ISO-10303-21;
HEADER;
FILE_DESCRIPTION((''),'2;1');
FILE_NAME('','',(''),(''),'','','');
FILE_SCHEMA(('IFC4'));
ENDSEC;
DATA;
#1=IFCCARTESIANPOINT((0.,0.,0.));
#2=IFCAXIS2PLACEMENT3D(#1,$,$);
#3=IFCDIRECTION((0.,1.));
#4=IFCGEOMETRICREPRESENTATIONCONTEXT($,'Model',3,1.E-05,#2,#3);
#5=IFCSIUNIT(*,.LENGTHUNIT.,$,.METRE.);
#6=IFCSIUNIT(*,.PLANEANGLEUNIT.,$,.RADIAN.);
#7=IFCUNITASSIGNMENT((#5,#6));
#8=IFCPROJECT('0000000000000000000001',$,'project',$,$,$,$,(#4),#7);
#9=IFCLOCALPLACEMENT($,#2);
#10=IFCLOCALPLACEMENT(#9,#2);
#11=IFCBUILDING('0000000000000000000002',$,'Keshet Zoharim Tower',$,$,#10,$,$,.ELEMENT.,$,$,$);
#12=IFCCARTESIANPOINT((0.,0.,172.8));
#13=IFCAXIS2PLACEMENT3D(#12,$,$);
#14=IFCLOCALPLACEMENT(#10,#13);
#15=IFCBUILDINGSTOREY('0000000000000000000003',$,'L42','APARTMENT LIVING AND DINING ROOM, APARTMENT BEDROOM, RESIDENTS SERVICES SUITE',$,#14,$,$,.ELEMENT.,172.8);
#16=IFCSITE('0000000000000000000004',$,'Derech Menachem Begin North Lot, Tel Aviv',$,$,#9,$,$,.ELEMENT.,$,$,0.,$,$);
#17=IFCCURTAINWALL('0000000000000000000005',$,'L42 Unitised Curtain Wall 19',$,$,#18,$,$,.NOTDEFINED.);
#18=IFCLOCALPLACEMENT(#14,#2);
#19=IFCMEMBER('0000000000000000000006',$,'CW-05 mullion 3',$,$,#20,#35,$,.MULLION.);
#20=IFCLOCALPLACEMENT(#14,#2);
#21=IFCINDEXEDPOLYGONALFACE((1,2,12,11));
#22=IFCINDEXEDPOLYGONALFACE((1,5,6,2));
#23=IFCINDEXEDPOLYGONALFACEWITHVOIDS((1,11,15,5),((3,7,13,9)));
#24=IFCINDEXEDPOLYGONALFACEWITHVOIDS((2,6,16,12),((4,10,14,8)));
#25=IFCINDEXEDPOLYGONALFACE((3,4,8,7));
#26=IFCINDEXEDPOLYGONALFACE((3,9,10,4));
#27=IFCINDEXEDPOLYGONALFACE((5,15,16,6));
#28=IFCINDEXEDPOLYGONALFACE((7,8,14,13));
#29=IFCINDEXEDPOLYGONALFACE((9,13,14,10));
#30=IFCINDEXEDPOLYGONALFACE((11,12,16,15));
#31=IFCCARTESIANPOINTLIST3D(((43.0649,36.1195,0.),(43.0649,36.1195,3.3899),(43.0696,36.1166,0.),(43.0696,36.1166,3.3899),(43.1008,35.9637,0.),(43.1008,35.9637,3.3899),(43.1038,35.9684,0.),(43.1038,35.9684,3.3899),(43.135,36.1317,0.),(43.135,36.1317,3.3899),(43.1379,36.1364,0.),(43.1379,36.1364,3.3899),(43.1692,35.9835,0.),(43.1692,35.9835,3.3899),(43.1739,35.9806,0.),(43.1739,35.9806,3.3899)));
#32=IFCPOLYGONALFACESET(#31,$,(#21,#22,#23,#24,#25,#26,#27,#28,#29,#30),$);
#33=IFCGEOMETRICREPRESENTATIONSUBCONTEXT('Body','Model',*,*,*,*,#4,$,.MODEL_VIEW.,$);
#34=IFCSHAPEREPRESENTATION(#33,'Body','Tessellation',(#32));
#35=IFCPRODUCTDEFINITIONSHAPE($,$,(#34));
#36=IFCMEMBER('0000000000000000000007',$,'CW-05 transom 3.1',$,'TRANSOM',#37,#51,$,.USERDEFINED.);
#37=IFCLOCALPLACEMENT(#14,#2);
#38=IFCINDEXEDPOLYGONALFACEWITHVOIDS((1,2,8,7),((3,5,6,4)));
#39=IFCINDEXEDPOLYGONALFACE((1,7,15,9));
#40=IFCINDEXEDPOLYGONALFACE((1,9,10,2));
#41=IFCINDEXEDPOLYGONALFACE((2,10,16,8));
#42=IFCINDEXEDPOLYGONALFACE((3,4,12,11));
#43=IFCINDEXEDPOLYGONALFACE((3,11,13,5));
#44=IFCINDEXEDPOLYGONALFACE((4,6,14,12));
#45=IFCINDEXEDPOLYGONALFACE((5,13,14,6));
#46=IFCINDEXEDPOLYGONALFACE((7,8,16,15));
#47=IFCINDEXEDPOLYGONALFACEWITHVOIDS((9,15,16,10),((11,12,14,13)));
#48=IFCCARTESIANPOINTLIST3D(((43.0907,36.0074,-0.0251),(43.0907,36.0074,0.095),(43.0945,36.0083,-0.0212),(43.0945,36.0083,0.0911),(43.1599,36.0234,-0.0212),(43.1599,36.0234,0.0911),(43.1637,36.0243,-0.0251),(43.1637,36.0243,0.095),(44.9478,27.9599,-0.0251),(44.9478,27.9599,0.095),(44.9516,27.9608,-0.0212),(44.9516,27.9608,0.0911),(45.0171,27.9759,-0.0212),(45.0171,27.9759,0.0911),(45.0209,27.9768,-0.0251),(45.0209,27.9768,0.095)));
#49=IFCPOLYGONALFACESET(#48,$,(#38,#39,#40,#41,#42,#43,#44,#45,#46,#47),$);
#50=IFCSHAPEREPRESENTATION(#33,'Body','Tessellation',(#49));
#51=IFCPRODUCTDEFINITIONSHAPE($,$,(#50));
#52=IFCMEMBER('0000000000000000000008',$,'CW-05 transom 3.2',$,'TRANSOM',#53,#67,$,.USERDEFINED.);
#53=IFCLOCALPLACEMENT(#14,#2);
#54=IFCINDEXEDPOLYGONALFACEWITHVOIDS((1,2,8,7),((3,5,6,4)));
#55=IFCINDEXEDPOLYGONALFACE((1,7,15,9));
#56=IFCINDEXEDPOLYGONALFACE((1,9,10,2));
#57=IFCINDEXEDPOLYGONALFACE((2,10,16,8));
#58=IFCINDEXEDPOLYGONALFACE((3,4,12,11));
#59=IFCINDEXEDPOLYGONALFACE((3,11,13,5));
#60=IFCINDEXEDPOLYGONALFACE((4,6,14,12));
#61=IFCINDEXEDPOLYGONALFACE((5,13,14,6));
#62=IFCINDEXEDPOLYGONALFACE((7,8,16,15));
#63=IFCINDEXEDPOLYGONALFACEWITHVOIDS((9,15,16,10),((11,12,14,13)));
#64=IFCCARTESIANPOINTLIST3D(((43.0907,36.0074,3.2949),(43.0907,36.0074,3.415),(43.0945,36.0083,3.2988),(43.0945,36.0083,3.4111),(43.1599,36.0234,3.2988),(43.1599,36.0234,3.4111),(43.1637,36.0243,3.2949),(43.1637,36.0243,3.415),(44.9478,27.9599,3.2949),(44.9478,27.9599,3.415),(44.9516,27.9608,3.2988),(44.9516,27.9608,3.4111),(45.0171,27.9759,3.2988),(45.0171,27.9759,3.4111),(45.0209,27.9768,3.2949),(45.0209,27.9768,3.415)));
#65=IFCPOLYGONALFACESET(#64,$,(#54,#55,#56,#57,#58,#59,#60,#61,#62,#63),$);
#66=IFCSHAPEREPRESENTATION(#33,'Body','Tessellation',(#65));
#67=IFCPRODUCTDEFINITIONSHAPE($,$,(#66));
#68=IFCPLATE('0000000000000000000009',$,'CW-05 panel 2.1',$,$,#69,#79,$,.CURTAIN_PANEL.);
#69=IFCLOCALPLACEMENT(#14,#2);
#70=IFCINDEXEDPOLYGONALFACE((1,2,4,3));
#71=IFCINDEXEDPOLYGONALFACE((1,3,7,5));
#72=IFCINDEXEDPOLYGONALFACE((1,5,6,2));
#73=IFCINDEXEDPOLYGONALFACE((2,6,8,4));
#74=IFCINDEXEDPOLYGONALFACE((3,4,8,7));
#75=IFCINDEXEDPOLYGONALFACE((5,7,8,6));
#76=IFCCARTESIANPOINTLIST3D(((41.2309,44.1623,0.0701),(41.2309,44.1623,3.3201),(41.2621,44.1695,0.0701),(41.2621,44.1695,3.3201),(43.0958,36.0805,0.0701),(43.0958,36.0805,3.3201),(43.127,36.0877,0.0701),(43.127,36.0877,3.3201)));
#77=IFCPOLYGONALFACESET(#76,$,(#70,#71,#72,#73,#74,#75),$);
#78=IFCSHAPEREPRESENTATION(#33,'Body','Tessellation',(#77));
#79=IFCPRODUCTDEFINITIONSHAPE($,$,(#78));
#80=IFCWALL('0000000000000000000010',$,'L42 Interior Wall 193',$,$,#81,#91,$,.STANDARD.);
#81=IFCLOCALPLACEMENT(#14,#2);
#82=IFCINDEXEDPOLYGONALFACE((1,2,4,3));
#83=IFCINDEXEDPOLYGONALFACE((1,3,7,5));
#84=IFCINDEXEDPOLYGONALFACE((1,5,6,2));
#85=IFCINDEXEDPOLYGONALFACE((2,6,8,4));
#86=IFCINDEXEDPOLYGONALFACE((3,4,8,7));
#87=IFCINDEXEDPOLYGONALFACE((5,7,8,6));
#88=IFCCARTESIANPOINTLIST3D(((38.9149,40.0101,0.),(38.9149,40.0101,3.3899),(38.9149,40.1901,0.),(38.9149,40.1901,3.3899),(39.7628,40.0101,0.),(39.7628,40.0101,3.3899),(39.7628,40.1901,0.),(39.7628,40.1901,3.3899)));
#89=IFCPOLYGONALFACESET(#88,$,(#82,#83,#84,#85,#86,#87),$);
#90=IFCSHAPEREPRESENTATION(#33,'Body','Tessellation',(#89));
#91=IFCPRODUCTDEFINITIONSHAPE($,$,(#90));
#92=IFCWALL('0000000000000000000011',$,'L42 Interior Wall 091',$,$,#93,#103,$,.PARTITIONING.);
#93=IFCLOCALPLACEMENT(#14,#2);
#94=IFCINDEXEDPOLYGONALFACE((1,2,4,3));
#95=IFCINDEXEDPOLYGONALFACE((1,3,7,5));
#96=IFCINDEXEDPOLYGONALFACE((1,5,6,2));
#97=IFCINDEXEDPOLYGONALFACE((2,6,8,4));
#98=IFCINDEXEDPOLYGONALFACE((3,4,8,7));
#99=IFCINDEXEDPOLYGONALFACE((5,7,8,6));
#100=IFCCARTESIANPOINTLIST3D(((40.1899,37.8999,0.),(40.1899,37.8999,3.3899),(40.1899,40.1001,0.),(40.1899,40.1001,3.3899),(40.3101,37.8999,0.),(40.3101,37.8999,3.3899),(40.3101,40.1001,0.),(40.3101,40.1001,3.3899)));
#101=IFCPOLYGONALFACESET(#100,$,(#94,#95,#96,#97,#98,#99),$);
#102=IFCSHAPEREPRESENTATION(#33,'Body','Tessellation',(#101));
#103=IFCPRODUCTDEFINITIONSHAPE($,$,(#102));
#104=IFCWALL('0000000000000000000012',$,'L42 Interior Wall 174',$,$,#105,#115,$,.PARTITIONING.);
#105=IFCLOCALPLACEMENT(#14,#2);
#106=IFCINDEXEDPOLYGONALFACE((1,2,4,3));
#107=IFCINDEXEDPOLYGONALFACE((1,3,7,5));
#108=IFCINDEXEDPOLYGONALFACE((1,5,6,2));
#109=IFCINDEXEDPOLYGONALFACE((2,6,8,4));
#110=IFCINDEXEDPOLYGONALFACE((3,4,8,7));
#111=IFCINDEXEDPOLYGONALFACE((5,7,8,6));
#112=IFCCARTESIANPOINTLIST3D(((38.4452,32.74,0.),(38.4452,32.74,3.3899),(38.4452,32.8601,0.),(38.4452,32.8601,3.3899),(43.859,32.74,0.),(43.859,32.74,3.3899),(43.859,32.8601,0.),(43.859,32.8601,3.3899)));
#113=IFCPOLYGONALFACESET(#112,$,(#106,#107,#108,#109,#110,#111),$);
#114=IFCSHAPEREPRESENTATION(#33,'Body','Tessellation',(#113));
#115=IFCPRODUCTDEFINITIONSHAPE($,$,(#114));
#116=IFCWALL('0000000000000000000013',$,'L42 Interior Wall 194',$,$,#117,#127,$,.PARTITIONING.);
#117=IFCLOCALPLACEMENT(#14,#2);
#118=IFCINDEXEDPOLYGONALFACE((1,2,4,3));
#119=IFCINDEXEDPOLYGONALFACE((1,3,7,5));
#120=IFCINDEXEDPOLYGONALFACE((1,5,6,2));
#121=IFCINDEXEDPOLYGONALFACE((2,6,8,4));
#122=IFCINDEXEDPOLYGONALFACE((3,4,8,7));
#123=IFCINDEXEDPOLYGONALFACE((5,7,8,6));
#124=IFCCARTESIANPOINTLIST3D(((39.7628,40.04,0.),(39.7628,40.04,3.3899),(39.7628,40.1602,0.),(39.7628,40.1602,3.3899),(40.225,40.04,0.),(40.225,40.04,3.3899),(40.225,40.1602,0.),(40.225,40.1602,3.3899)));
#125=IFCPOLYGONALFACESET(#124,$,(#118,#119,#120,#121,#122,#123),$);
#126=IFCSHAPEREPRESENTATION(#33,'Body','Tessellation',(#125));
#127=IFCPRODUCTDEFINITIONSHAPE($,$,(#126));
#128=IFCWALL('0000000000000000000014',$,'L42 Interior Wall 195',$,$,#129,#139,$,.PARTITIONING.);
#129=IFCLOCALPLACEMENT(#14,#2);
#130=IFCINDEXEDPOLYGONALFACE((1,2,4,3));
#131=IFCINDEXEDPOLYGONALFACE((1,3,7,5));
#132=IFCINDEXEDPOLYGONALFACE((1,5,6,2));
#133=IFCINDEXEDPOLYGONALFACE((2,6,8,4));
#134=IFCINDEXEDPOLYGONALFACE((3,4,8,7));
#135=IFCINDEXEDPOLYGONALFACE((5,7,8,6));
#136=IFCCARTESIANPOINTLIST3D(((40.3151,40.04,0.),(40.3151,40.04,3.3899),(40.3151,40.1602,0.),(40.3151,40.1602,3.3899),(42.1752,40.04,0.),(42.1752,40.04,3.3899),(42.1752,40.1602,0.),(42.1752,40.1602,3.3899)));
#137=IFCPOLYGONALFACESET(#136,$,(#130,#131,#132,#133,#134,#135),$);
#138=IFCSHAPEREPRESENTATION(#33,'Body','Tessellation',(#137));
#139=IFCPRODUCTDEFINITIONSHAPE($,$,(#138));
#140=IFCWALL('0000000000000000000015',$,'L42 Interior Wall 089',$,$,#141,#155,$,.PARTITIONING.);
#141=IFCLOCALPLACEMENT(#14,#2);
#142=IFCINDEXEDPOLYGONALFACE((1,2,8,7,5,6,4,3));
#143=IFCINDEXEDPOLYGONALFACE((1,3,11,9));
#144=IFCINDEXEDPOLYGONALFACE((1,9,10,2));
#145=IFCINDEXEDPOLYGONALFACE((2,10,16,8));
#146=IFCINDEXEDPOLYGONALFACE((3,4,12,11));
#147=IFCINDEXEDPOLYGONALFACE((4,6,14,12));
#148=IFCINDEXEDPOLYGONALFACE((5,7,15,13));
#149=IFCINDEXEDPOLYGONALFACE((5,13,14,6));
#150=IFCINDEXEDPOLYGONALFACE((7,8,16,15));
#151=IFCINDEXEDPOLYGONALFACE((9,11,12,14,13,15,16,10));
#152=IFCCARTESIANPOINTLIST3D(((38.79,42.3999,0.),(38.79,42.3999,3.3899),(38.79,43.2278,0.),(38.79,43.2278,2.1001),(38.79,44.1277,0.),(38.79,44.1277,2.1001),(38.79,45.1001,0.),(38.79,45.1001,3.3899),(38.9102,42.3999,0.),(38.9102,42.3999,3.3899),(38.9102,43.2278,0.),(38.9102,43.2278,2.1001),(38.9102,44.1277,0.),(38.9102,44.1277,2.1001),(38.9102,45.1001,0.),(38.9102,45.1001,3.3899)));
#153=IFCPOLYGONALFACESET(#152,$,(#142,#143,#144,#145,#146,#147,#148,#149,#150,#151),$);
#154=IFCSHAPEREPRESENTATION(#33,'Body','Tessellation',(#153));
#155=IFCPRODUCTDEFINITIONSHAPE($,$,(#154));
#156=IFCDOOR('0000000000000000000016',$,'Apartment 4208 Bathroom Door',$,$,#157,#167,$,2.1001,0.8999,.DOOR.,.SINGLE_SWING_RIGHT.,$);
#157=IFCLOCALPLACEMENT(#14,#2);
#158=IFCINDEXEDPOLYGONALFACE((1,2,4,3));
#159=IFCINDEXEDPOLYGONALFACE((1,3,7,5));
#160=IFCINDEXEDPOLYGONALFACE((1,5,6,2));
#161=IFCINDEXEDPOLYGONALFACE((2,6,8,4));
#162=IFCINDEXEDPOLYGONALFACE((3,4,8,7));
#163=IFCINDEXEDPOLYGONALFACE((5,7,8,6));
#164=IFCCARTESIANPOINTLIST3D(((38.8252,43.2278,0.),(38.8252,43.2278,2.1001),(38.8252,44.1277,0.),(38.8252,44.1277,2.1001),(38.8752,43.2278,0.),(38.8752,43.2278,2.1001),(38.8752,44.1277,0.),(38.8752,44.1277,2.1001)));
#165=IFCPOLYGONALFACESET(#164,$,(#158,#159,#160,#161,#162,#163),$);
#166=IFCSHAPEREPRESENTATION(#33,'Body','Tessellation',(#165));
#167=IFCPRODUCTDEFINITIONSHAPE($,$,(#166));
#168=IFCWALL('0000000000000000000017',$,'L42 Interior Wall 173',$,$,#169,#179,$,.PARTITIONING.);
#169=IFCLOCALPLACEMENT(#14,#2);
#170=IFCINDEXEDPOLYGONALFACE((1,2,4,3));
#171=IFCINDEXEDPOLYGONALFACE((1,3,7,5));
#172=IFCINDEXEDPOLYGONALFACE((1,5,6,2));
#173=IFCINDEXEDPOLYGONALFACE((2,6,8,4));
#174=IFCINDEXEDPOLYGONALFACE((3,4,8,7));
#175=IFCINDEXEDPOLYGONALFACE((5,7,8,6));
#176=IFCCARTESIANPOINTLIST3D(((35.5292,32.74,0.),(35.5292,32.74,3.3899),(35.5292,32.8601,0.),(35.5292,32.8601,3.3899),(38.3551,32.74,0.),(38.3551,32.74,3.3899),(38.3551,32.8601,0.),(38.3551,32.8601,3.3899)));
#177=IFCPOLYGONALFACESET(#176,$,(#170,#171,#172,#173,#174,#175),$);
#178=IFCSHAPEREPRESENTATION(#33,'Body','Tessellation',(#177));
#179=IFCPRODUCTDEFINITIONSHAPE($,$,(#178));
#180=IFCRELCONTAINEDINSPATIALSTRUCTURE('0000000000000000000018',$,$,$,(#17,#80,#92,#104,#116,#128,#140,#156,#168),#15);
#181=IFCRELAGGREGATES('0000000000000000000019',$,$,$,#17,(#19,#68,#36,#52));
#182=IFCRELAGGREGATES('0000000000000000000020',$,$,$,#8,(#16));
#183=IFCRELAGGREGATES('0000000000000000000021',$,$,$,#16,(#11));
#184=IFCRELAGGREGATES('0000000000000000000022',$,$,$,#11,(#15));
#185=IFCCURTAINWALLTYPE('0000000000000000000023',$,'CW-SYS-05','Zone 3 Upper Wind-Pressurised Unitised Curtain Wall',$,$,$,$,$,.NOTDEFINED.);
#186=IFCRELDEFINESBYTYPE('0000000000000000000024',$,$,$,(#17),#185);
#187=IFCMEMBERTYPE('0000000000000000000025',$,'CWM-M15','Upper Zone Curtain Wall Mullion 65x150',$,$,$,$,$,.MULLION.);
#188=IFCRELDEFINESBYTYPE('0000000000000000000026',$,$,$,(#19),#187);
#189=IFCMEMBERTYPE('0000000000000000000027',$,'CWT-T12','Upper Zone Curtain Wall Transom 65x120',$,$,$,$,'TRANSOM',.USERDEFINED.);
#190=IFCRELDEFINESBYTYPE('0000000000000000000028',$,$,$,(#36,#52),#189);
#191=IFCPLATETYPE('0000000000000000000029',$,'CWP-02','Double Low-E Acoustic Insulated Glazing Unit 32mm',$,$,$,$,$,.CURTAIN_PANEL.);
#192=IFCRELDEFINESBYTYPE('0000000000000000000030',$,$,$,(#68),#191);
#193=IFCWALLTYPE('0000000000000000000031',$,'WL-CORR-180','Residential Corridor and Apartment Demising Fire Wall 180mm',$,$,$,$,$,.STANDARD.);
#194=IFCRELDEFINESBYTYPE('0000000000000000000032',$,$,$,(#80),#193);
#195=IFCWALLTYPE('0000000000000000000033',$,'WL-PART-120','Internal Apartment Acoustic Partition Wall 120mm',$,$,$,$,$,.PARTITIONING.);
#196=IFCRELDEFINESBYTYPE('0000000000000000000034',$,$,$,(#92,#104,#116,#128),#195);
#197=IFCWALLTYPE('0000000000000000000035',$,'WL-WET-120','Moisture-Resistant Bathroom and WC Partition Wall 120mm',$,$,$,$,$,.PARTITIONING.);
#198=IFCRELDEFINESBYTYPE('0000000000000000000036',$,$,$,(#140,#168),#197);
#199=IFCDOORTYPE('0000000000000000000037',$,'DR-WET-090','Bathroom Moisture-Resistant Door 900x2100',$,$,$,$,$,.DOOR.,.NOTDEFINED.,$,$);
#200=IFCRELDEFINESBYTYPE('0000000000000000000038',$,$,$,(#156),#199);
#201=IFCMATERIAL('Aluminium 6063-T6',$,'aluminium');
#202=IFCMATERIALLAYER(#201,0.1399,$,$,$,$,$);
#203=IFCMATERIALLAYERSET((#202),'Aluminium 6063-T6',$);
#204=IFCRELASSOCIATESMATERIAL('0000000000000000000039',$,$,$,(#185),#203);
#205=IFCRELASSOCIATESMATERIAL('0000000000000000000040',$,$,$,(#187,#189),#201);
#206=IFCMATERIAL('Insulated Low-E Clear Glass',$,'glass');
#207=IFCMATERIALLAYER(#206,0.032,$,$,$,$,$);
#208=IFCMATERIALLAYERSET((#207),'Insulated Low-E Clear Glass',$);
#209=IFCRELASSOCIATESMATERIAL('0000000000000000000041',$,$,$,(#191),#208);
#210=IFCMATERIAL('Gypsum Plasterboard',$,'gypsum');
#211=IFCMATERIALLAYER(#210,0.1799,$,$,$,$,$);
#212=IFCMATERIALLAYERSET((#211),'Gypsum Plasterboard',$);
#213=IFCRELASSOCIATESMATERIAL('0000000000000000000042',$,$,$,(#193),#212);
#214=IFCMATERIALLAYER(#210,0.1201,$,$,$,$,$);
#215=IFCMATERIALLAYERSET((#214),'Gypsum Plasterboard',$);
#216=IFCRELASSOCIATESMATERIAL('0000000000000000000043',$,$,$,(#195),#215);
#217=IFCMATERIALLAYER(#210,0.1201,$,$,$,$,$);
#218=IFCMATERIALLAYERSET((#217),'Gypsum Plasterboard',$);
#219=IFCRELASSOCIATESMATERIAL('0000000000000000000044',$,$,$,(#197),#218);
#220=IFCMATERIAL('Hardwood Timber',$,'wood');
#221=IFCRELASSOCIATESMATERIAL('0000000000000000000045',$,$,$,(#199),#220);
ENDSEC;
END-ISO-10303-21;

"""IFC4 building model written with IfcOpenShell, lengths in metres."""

from ifc_helpers import new_model, si_unit, direction, frame, frame_2d, origin, origin_2d, place, context, subcontext, project, spatial, rectangle, hollow_rectangle, extrude, material, layer, layer_set, material_profile, profile_set, type_object, element, fill, aggregate, save


model = new_model("IFC4")

# Units and contexts
model_context = context("Model", 3, precision=1e-05, world=origin(), true_north=direction((0.0, 1.0)))
body_context = subcontext(model_context, "Body", "Model", "MODEL_VIEW")
ifc_project = project(units=[si_unit("LENGTHUNIT", "METRE"), si_unit("PLANEANGLEUNIT", "RADIAN")], contexts=[model_context])

# Site, building, storey
site_placement = place(None, origin())
site = spatial("IfcSite", under=ifc_project, at=site_placement, Name="Derech Menachem Begin North Lot, Tel Aviv", CompositionType="ELEMENT", RefElevation=0.0)
building_placement = place(site_placement, origin())
building = spatial("IfcBuilding", under=site, at=building_placement, Name="Keshet Zoharim Tower", CompositionType="ELEMENT")
storey_placement = place(building_placement, frame((0.0, 0.0, 172.8)))
storey = spatial("IfcBuildingStorey", under=building, at=storey_placement, Name="L42", Description="APARTMENT LIVING AND DINING ROOM, APARTMENT BEDROOM, RESIDENTS SERVICES SUITE", CompositionType="ELEMENT", Elevation=172.8)

# Curtain wall, members, plate
ifc_material_1 = material(Name="Aluminium 6063-T6", Category="aluminium")
ifc_layer_1 = layer(ifc_material_1, 0.1399)
ifc_layer_set_1 = layer_set([ifc_layer_1], Name="Aluminium 6063-T6")
curtain_wall_type = type_object("IfcCurtainWallType", Name="CW-SYS-05", Description="Zone 3 Upper Wind-Pressurised Unitised Curtain Wall", PredefinedType="NOTDEFINED", material=ifc_layer_set_1)
curtain_wall_placement = place(storey_placement, origin())
curtain_wall = element("IfcCurtainWall", 1, at=curtain_wall_placement, inside=storey, type_object=curtain_wall_type, Name="L42 Unitised Curtain Wall 19", PredefinedType="NOTDEFINED")
ifc_material_profile_1 = material_profile(ifc_material_1, hollow_rectangle(XDim=0.075, YDim=0.1599, WallThickness=0.0039, at=origin_2d()), Name="MUL-75x160")
ifc_profile_set_1 = profile_set([ifc_material_profile_1], Name="Aluminium 6063-T6")
member_type_1 = type_object("IfcMemberType", Name="CWM-M15", Description="Upper Zone Curtain Wall Mullion 65x150", PredefinedType="MULLION", material=ifc_profile_set_1)
member_1_placement = place(storey_placement, frame((43.1194, 36.05, 0.0), z_axis=(0.0, 0.0, 1.0), x_axis=(0.974394, 0.224848, 0.0)))
member_1 = element("IfcMember", 2, at=member_1_placement, type_object=member_type_1, Name="CW-05 mullion 3", PredefinedType="MULLION", context=body_context, shape_type="SweptSolid", body=[
    extrude(hollow_rectangle(XDim=0.075, YDim=0.1599, WallThickness=0.0039, at=origin_2d()), origin(), (0.0, 0.0, 1.0), 3.3899),
])
ifc_material_profile_2 = material_profile(ifc_material_1, hollow_rectangle(XDim=0.075, YDim=0.1201, WallThickness=0.0039, at=origin_2d()), Name="TRN-75x120")
ifc_profile_set_2 = profile_set([ifc_material_profile_2], Name="Aluminium 6063-T6")
member_type_2 = type_object("IfcMemberType", Name="CWT-T12", Description="Upper Zone Curtain Wall Transom 65x120", ElementType="TRANSOM", PredefinedType="USERDEFINED", material=ifc_profile_set_2)
member_2_placement = place(storey_placement, frame((43.1272, 36.0159, 0.0349), z_axis=(0.224864, -0.97439, 0.0), x_axis=(0.97439, 0.224864, 0.0)))
member_2 = element("IfcMember", 3, at=member_2_placement, type_object=member_type_2, Name="CW-05 transom 3.1", ObjectType="TRANSOM", PredefinedType="USERDEFINED", context=body_context, shape_type="SweptSolid", body=[
    extrude(hollow_rectangle(XDim=0.075, YDim=0.1201, WallThickness=0.0039, at=origin_2d()), origin(), (0.0, 0.0, 1.0), 8.259),
])
member_3_placement = place(storey_placement, frame((43.1272, 36.0159, 3.355), z_axis=(0.224864, -0.97439, 0.0), x_axis=(0.97439, 0.224864, 0.0)))
member_3 = element("IfcMember", 4, at=member_3_placement, type_object=member_type_2, Name="CW-05 transom 3.2", ObjectType="TRANSOM", PredefinedType="USERDEFINED", context=body_context, shape_type="SweptSolid", body=[
    extrude(hollow_rectangle(XDim=0.075, YDim=0.1201, WallThickness=0.0039, at=origin_2d()), origin(), (0.0, 0.0, 1.0), 8.259),
])
ifc_material_2 = material(Name="Insulated Low-E Clear Glass", Category="glass")
ifc_layer_2 = layer(ifc_material_2, 0.032)
ifc_layer_set_2 = layer_set([ifc_layer_2], Name="Insulated Low-E Clear Glass")
plate_type = type_object("IfcPlateType", Name="CWP-02", Description="Double Low-E Acoustic Insulated Glazing Unit 32mm", PredefinedType="CURTAIN_PANEL", material=ifc_layer_set_2)
plate_placement = place(storey_placement, frame((42.179, 40.125, 0.0701), z_axis=(0.0, 0.0, 1.0), x_axis=(0.224848, -0.974394, 0.0)))
plate = element("IfcPlate", 5, at=plate_placement, type_object=plate_type, Name="CW-05 panel 2.1", PredefinedType="CURTAIN_PANEL", context=body_context, shape_type="SweptSolid", body=[
    extrude(rectangle(XDim=8.2942, YDim=0.032, at=origin_2d()), origin(), (0.0, 0.0, 1.0), 3.25),
])
aggregate(curtain_wall, [member_1, plate, member_2, member_3])

# Shared definitions
ifc_material_3 = material(Name="Gypsum Plasterboard", Category="gypsum")
ifc_layer_3 = layer(ifc_material_3, 0.1799)
ifc_layer_set_3 = layer_set([ifc_layer_3], Name="Gypsum Plasterboard")
wall_type_1 = type_object("IfcWallType", Name="WL-CORR-180", Description="Residential Corridor and Apartment Demising Fire Wall 180mm", PredefinedType="STANDARD", material=ifc_layer_set_3)
ifc_material_4 = material(Name="Hardwood Timber", Category="wood")

# Wall
wall_1_placement = place(storey_placement, frame((38.915, 40.1001, 0.0), z_axis=(0.0, 0.0, 1.0), x_axis=(1.0, 0.0, 0.0)))
element("IfcWall", 6, at=wall_1_placement, inside=storey, type_object=wall_type_1, Name="L42 Interior Wall 193", PredefinedType="STANDARD", context=body_context, shape_type="SweptSolid", body=[
    extrude(rectangle(XDim=0.8479, YDim=0.1799, at=frame_2d((0.4238, 0.0))), origin(), (0.0, 0.0, 1.0), 3.3899),
])

# Shared definitions
ifc_layer_4 = layer(ifc_material_3, 0.1201)
ifc_layer_set_4 = layer_set([ifc_layer_4], Name="Gypsum Plasterboard")
wall_type_2 = type_object("IfcWallType", Name="WL-PART-120", Description="Internal Apartment Acoustic Partition Wall 120mm", PredefinedType="PARTITIONING", material=ifc_layer_set_4)

# Walls
wall_2_placement = place(storey_placement, frame((40.25, 37.8999, 0.0), z_axis=(0.0, 0.0, 1.0), x_axis=(0.0, 1.0, 0.0)))
element("IfcWall", 7, at=wall_2_placement, inside=storey, type_object=wall_type_2, Name="L42 Interior Wall 091", PredefinedType="PARTITIONING", context=body_context, shape_type="SweptSolid", body=[
    extrude(rectangle(XDim=2.2002, YDim=0.1201, at=frame_2d((1.1001, 0.0))), origin(), (0.0, 0.0, 1.0), 3.3899),
])
wall_3_placement = place(storey_placement, frame((38.4451, 32.8, 0.0), z_axis=(0.0, 0.0, 1.0), x_axis=(1.0, 0.0, 0.0)))
element("IfcWall", 8, at=wall_3_placement, inside=storey, type_object=wall_type_2, Name="L42 Interior Wall 174", PredefinedType="PARTITIONING", context=body_context, shape_type="SweptSolid", body=[
    extrude(rectangle(XDim=5.4138, YDim=0.1201, at=frame_2d((2.707, 0.0))), origin(), (0.0, 0.0, 1.0), 3.3899),
])
wall_4_placement = place(storey_placement, frame((39.7629, 40.1001, 0.0), z_axis=(0.0, 0.0, 1.0), x_axis=(1.0, 0.0, 0.0)))
element("IfcWall", 9, at=wall_4_placement, inside=storey, type_object=wall_type_2, Name="L42 Interior Wall 194", PredefinedType="PARTITIONING", context=body_context, shape_type="SweptSolid", body=[
    extrude(rectangle(XDim=0.4622, YDim=0.1201, at=frame_2d((0.231, 0.0))), origin(), (0.0, 0.0, 1.0), 3.3899),
])
wall_5_placement = place(storey_placement, frame((40.3149, 40.1001, 0.0), z_axis=(0.0, 0.0, 1.0), x_axis=(1.0, 0.0, 0.0)))
element("IfcWall", 10, at=wall_5_placement, inside=storey, type_object=wall_type_2, Name="L42 Interior Wall 195", PredefinedType="PARTITIONING", context=body_context, shape_type="SweptSolid", body=[
    extrude(rectangle(XDim=1.8601, YDim=0.1201, at=frame_2d((0.9302, 0.0))), origin(), (0.0, 0.0, 1.0), 3.3899),
])

# Wall, opening, door
ifc_layer_5 = layer(ifc_material_3, 0.1201)
ifc_layer_set_5 = layer_set([ifc_layer_5], Name="Gypsum Plasterboard")
wall_type_3 = type_object("IfcWallType", Name="WL-WET-120", Description="Moisture-Resistant Bathroom and WC Partition Wall 120mm", PredefinedType="PARTITIONING", material=ifc_layer_set_5)
wall_6_placement = place(storey_placement, frame((38.8501, 42.3999, 0.0), z_axis=(0.0, 0.0, 1.0), x_axis=(0.0, 1.0, 0.0)))
wall_6 = element("IfcWall", 11, at=wall_6_placement, inside=storey, type_object=wall_type_3, Name="L42 Interior Wall 089", PredefinedType="PARTITIONING", context=body_context, shape_type="SweptSolid", body=[
    extrude(rectangle(XDim=2.7002, YDim=0.1201, at=frame_2d((1.3501, 0.0))), origin(), (0.0, 0.0, 1.0), 3.3899),
])
opening_1_placement = place(wall_6_placement, frame((0.8279, 0.0, 0.0)))
opening_1 = element("IfcOpeningElement", 12, at=opening_1_placement, cuts=wall_6, PredefinedType="OPENING", context=body_context, shape_type="SweptSolid", body=[
    extrude(rectangle(XDim=0.8999, YDim=2.1001, at=frame_2d((0.45, 1.05))), frame((0.0, 0.0701, 0.0), z_axis=(0.0, -1.0, 0.0), x_axis=(1.0, 0.0, 0.0)), (0.0, 0.0, 1.0), 0.1401),
])
door_type_1 = type_object("IfcDoorType", Name="DR-WET-090", Description="Bathroom Moisture-Resistant Door 900x2100", OperationType="NOTDEFINED", PredefinedType="DOOR", material=ifc_material_4)
door_1_placement = place(opening_1_placement, origin())
door_1 = element("IfcDoor", 13, at=door_1_placement, inside=storey, type_object=door_type_1, Name="Apartment 4208 Bathroom Door", OperationType="SINGLE_SWING_RIGHT", OverallHeight=2.1001, OverallWidth=0.8999, PredefinedType="DOOR", context=body_context, shape_type="SweptSolid", body=[
    extrude(rectangle(XDim=0.8999, YDim=2.1001, at=frame_2d((0.45, 1.05))), frame((0.0, 0.0249, 0.0), z_axis=(0.0, -1.0, 0.0), x_axis=(1.0, 0.0, 0.0)), (0.0, 0.0, 1.0), 0.05),
])
fill(opening_1, door_1)

# Wall
wall_7_placement = place(storey_placement, frame((35.5291, 32.8, 0.0), z_axis=(0.0, 0.0, 1.0), x_axis=(1.0, 0.0, 0.0)))
element("IfcWall", 14, at=wall_7_placement, inside=storey, type_object=wall_type_3, Name="L42 Interior Wall 173", PredefinedType="PARTITIONING", context=body_context, shape_type="SweptSolid", body=[
    extrude(rectangle(XDim=2.8259, YDim=0.1201, at=frame_2d((1.4131, 0.0))), origin(), (0.0, 0.0, 1.0), 3.3899),
])

save(model, "model.ifc")
